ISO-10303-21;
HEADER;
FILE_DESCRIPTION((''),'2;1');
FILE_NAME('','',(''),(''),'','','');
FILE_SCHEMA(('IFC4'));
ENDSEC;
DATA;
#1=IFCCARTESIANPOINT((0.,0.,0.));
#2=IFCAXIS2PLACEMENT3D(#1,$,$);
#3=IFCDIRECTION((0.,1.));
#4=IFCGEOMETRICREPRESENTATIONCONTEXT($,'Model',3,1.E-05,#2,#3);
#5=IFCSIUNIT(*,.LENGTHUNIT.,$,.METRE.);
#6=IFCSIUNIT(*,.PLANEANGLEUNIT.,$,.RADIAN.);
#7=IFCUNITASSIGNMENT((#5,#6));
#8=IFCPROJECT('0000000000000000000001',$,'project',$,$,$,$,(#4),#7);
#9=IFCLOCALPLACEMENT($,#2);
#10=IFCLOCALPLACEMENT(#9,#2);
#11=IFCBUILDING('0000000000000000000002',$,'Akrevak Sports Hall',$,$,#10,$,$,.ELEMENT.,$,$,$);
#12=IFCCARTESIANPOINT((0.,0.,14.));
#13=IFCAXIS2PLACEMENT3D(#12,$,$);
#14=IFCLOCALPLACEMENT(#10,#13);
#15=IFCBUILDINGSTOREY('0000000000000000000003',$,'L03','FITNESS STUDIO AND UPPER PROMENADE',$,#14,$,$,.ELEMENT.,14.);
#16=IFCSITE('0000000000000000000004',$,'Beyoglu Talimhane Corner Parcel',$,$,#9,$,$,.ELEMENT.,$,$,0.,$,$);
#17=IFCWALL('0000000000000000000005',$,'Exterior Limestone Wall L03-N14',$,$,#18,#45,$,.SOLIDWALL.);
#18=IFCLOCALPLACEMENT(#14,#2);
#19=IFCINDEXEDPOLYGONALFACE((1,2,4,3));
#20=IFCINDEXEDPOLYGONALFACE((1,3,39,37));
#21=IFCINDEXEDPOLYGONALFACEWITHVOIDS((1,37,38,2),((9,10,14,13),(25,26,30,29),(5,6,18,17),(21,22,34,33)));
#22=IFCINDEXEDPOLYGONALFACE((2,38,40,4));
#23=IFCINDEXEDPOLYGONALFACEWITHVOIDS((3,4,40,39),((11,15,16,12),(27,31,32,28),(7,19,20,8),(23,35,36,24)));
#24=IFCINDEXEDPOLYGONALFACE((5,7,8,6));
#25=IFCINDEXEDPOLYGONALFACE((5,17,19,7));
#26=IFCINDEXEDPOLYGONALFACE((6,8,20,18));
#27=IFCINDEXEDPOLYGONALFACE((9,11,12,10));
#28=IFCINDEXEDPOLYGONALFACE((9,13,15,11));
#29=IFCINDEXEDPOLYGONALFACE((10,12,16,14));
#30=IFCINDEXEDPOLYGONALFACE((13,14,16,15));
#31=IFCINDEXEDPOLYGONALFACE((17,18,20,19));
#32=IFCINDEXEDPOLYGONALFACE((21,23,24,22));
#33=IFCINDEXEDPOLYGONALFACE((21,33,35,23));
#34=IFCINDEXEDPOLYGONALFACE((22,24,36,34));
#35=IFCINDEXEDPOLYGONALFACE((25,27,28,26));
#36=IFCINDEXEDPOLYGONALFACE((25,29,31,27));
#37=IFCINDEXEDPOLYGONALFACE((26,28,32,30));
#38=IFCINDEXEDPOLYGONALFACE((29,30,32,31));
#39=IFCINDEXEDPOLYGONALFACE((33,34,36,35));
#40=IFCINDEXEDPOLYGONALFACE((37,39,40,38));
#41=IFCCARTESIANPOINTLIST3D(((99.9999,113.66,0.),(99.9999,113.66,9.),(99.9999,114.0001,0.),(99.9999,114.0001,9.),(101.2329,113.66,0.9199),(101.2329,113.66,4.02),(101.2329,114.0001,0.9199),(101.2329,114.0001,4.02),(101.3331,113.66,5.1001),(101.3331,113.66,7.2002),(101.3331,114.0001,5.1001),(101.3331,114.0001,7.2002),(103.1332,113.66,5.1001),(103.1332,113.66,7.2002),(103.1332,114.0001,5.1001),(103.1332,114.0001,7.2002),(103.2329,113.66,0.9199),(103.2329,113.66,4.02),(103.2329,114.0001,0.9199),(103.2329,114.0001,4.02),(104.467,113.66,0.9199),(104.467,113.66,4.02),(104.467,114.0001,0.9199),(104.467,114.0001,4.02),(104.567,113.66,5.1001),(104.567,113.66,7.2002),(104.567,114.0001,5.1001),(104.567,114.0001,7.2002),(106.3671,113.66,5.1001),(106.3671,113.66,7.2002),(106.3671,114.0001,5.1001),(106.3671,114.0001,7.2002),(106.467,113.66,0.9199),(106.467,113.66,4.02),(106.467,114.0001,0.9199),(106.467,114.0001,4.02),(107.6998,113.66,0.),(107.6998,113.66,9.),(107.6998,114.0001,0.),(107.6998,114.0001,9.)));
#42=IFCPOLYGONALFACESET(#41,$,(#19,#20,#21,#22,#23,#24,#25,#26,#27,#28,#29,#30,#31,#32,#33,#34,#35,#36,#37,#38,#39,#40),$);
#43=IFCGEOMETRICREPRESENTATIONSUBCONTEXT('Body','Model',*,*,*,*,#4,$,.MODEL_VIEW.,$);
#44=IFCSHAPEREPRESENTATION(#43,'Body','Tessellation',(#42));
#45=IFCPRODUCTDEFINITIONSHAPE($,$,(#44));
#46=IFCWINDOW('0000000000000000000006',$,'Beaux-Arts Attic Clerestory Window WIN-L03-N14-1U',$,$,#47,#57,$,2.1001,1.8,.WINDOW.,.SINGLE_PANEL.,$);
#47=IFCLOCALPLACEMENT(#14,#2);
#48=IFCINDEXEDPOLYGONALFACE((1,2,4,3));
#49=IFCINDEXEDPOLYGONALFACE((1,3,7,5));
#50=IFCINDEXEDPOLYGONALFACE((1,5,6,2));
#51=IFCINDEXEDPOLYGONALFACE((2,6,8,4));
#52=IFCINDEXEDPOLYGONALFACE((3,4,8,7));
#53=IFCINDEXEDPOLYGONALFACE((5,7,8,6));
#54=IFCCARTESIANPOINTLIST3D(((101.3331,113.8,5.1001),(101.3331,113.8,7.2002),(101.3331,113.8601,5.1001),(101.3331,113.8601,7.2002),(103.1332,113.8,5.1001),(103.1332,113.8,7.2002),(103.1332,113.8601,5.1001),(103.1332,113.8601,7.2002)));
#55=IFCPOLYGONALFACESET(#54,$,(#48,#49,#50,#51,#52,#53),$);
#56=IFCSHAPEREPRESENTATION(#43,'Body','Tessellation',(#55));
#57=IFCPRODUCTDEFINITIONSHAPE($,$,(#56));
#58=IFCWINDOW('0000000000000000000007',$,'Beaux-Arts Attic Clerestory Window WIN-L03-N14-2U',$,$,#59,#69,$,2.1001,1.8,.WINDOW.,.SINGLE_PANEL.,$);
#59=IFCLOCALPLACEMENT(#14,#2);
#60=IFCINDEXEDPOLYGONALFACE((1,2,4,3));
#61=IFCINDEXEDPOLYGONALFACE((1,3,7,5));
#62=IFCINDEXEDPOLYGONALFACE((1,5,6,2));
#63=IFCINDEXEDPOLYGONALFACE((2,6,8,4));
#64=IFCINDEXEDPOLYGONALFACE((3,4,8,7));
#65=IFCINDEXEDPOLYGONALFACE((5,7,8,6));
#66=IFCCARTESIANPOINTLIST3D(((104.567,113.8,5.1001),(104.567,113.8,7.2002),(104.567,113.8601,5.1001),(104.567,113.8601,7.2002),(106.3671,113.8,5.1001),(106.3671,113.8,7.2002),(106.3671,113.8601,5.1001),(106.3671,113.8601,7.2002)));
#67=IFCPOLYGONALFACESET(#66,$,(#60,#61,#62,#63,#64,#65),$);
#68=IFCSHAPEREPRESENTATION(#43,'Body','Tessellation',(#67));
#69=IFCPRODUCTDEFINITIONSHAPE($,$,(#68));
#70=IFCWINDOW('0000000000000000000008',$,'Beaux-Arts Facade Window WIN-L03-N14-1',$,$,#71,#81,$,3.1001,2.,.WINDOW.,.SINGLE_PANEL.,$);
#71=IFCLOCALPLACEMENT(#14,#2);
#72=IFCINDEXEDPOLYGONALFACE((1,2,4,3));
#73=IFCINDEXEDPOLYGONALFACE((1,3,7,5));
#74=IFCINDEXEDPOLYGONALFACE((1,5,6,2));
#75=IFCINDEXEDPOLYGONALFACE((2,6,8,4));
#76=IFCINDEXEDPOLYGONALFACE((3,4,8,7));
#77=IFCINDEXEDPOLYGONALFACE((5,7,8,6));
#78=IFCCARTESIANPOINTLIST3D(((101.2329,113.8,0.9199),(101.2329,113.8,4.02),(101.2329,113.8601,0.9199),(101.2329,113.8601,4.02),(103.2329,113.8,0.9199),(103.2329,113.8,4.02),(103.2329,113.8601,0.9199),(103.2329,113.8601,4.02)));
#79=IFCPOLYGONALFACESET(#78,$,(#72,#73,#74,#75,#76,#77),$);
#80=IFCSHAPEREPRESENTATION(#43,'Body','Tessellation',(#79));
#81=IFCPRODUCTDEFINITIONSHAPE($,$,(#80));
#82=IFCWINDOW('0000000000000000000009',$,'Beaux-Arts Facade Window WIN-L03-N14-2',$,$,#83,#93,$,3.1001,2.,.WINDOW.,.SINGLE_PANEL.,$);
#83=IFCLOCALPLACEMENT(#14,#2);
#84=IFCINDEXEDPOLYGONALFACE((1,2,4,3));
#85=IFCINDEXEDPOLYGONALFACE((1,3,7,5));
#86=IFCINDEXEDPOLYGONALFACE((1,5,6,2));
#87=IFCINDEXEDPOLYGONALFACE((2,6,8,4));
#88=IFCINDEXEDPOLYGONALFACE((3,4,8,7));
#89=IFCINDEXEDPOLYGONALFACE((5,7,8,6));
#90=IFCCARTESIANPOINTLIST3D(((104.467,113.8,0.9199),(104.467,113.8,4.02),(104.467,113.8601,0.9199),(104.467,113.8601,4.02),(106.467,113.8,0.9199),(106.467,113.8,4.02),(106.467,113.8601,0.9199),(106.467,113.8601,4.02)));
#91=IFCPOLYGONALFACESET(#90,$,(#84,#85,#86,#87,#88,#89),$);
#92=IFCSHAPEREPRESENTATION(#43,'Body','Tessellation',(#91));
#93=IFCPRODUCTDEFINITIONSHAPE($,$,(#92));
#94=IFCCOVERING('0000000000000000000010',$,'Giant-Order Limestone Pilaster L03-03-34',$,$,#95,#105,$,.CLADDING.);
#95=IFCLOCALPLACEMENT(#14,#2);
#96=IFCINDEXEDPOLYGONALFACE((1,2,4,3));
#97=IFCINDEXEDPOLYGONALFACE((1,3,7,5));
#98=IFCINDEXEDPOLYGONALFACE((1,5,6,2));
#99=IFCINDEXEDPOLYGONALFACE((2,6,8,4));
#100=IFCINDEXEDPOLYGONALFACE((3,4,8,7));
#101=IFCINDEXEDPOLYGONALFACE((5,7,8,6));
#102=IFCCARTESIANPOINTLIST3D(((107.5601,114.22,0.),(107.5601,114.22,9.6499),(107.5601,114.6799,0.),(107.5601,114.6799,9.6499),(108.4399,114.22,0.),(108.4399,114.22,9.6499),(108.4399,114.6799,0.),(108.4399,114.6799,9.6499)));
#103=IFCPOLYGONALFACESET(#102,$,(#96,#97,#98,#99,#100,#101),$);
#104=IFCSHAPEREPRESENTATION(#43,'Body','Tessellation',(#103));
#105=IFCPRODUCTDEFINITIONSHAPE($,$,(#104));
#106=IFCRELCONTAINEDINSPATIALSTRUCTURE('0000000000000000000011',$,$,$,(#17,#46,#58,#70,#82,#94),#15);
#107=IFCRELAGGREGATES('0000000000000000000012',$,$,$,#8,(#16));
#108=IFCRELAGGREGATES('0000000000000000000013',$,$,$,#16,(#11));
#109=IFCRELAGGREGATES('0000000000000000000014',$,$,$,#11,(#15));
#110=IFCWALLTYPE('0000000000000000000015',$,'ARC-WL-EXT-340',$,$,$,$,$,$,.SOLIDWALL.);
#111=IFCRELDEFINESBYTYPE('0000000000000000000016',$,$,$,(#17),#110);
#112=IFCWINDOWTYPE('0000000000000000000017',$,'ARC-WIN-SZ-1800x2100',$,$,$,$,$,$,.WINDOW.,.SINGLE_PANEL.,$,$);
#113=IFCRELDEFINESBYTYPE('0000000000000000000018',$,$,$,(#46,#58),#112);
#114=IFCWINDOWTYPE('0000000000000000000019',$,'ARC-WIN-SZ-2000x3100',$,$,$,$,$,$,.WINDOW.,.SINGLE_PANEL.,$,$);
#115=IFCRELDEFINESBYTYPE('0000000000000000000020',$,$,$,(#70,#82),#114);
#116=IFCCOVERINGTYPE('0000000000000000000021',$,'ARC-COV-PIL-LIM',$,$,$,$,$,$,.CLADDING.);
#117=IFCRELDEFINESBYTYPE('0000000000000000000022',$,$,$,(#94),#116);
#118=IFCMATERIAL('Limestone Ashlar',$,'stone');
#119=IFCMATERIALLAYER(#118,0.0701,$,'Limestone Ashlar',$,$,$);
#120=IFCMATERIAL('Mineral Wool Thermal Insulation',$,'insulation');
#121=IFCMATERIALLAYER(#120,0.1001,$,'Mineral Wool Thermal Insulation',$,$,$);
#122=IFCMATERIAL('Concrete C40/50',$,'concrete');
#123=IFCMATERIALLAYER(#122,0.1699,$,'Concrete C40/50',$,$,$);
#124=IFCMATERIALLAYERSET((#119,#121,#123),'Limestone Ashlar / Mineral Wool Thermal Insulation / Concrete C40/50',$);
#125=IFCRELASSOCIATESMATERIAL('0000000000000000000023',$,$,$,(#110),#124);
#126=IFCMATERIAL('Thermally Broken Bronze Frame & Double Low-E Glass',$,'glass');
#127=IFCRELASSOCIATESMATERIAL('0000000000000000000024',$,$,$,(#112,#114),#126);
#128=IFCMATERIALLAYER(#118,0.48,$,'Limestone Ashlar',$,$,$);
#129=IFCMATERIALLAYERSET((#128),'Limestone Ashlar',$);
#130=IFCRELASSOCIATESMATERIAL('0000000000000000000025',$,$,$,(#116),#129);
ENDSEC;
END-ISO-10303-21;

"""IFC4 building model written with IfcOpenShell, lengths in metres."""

from ifc_helpers import new_model, si_unit, direction, frame, frame_2d, origin, origin_2d, place, context, subcontext, project, spatial, rectangle, extrude, material, layer, layer_set, type_object, element, fill, save


model = new_model("IFC4")

# Units and contexts
model_context = context("Model", 3, precision=1e-05, world=origin(), true_north=direction((0.0, 1.0)))
body_context = subcontext(model_context, "Body", "Model", "MODEL_VIEW")
ifc_project = project(units=[si_unit("LENGTHUNIT", "METRE"), si_unit("PLANEANGLEUNIT", "RADIAN")], contexts=[model_context])

# Site, building, storey
site_placement = place(None, origin())
site = spatial("IfcSite", under=ifc_project, at=site_placement, Name="Beyoglu Talimhane Corner Parcel", CompositionType="ELEMENT", RefElevation=0.0)
building_placement = place(site_placement, origin())
building = spatial("IfcBuilding", under=site, at=building_placement, Name="Akrevak Sports Hall", CompositionType="ELEMENT")
storey_placement = place(building_placement, frame((0.0, 0.0, 14.0)))
storey = spatial("IfcBuildingStorey", under=building, at=storey_placement, Name="L03", Description="FITNESS STUDIO AND UPPER PROMENADE", CompositionType="ELEMENT", Elevation=14.0)

# Shared definitions
ifc_material_1 = material(Name="Concrete C40/50", Category="concrete")

# Wall, openings, windows
ifc_material_2 = material(Name="Limestone Ashlar", Category="stone")
ifc_layer_1 = layer(ifc_material_2, 0.0701, Name="Limestone Ashlar")
ifc_material_3 = material(Name="Mineral Wool Thermal Insulation", Category="insulation")
ifc_layer_2 = layer(ifc_material_3, 0.1001, Name="Mineral Wool Thermal Insulation")
ifc_layer_3 = layer(ifc_material_1, 0.1699, Name="Concrete C40/50")
ifc_layer_set_1 = layer_set([ifc_layer_1, ifc_layer_2, ifc_layer_3], Name="Limestone Ashlar / Mineral Wool Thermal Insulation / Concrete C40/50")
wall_type = type_object("IfcWallType", Name="ARC-WL-EXT-340", PredefinedType="SOLIDWALL", material=ifc_layer_set_1)
wall_placement = place(storey_placement, frame((107.7, 113.8301, 0.0), z_axis=(0.0, 0.0, 1.0), x_axis=(-1.0, 0.0, 0.0)))
wall = element("IfcWall", 1, at=wall_placement, inside=storey, type_object=wall_type, Name="Exterior Limestone Wall L03-N14", PredefinedType="SOLIDWALL", context=body_context, shape_type="SweptSolid", body=[
    extrude(rectangle(XDim=7.7, YDim=0.3401, at=frame_2d((3.8501, 0.0))), origin(), (0.0, 0.0, 1.0), 9.0),
])
opening_1_placement = place(wall_placement, frame((4.467, 0.0, 0.9199)))
opening_1 = element("IfcOpeningElement", 2, at=opening_1_placement, cuts=wall, PredefinedType="OPENING", context=body_context, shape_type="SweptSolid", body=[
    extrude(rectangle(XDim=2.0, YDim=3.1001, at=frame_2d((1.0, 1.55))), frame((0.0, 0.1821, 0.0), z_axis=(0.0, -1.0, 0.0), x_axis=(1.0, 0.0, 0.0)), (0.0, 0.0, 1.0), 0.364),
])
opening_2_placement = place(wall_placement, frame((4.5669, 0.0, 5.1001)))
opening_2 = element("IfcOpeningElement", 3, at=opening_2_placement, cuts=wall, PredefinedType="OPENING", context=body_context, shape_type="SweptSolid", body=[
    extrude(rectangle(XDim=1.8, YDim=2.1001, at=frame_2d((0.8999, 1.05))), frame((0.0, 0.1821, 0.0), z_axis=(0.0, -1.0, 0.0), x_axis=(1.0, 0.0, 0.0)), (0.0, 0.0, 1.0), 0.364),
])
opening_3_placement = place(wall_placement, frame((1.2329, 0.0, 0.9199)))
opening_3 = element("IfcOpeningElement", 4, at=opening_3_placement, cuts=wall, PredefinedType="OPENING", context=body_context, shape_type="SweptSolid", body=[
    extrude(rectangle(XDim=2.0, YDim=3.1001, at=frame_2d((1.0, 1.55))), frame((0.0, 0.1821, 0.0), z_axis=(0.0, -1.0, 0.0), x_axis=(1.0, 0.0, 0.0)), (0.0, 0.0, 1.0), 0.364),
])
opening_4_placement = place(wall_placement, frame((1.333, 0.0, 5.1001)))
opening_4 = element("IfcOpeningElement", 5, at=opening_4_placement, cuts=wall, PredefinedType="OPENING", context=body_context, shape_type="SweptSolid", body=[
    extrude(rectangle(XDim=1.8, YDim=2.1001, at=frame_2d((0.8999, 1.05))), frame((0.0, 0.1821, 0.0), z_axis=(0.0, -1.0, 0.0), x_axis=(1.0, 0.0, 0.0)), (0.0, 0.0, 1.0), 0.364),
])
ifc_material_4 = material(Name="Thermally Broken Bronze Frame & Double Low-E Glass", Category="glass")
window_type_1 = type_object("IfcWindowType", Name="ARC-WIN-SZ-1800x2100", PartitioningType="SINGLE_PANEL", PredefinedType="WINDOW", material=ifc_material_4)
window_1_placement = place(opening_2_placement, origin())
window_1 = element("IfcWindow", 6, at=window_1_placement, inside=storey, type_object=window_type_1, Name="Beaux-Arts Attic Clerestory Window WIN-L03-N14-1U", OverallHeight=2.1001, OverallWidth=1.8, PartitioningType="SINGLE_PANEL", PredefinedType="WINDOW", context=body_context, shape_type="SweptSolid", body=[
    extrude(rectangle(XDim=1.8, YDim=2.1001, at=frame_2d((0.8999, 1.05))), frame((0.0, 0.03, 0.0), z_axis=(0.0, -1.0, 0.0), x_axis=(1.0, 0.0, 0.0)), (0.0, 0.0, 1.0), 0.0601),
])
fill(opening_2, window_1)
window_2_placement = place(opening_4_placement, origin())
window_2 = element("IfcWindow", 7, at=window_2_placement, inside=storey, type_object=window_type_1, Name="Beaux-Arts Attic Clerestory Window WIN-L03-N14-2U", OverallHeight=2.1001, OverallWidth=1.8, PartitioningType="SINGLE_PANEL", PredefinedType="WINDOW", context=body_context, shape_type="SweptSolid", body=[
    extrude(rectangle(XDim=1.8, YDim=2.1001, at=frame_2d((0.8999, 1.05))), frame((0.0, 0.03, 0.0), z_axis=(0.0, -1.0, 0.0), x_axis=(1.0, 0.0, 0.0)), (0.0, 0.0, 1.0), 0.0601),
])
fill(opening_4, window_2)
window_type_2 = type_object("IfcWindowType", Name="ARC-WIN-SZ-2000x3100", PartitioningType="SINGLE_PANEL", PredefinedType="WINDOW", material=ifc_material_4)
window_3_placement = place(opening_1_placement, origin())
window_3 = element("IfcWindow", 8, at=window_3_placement, inside=storey, type_object=window_type_2, Name="Beaux-Arts Facade Window WIN-L03-N14-1", OverallHeight=3.1001, OverallWidth=2.0, PartitioningType="SINGLE_PANEL", PredefinedType="WINDOW", context=body_context, shape_type="SweptSolid", body=[
    extrude(rectangle(XDim=2.0, YDim=3.1001, at=frame_2d((1.0, 1.55))), frame((0.0, 0.03, 0.0), z_axis=(0.0, -1.0, 0.0), x_axis=(1.0, 0.0, 0.0)), (0.0, 0.0, 1.0), 0.0601),
])
fill(opening_1, window_3)
window_4_placement = place(opening_3_placement, origin())
window_4 = element("IfcWindow", 9, at=window_4_placement, inside=storey, type_object=window_type_2, Name="Beaux-Arts Facade Window WIN-L03-N14-2", OverallHeight=3.1001, OverallWidth=2.0, PartitioningType="SINGLE_PANEL", PredefinedType="WINDOW", context=body_context, shape_type="SweptSolid", body=[
    extrude(rectangle(XDim=2.0, YDim=3.1001, at=frame_2d((1.0, 1.55))), frame((0.0, 0.03, 0.0), z_axis=(0.0, -1.0, 0.0), x_axis=(1.0, 0.0, 0.0)), (0.0, 0.0, 1.0), 0.0601),
])
fill(opening_3, window_4)

# Covering
ifc_layer_4 = layer(ifc_material_2, 0.48, Name="Limestone Ashlar")
ifc_layer_set_2 = layer_set([ifc_layer_4], Name="Limestone Ashlar")
covering_type = type_object("IfcCoveringType", Name="ARC-COV-PIL-LIM", PredefinedType="CLADDING", material=ifc_layer_set_2)
covering_placement = place(storey_placement, frame((108.0, 114.45, 0.0), z_axis=(0.0, 0.0, 1.0), x_axis=(-1.0, 0.0, 0.0)))
element("IfcCovering", 10, at=covering_placement, inside=storey, type_object=covering_type, Name="Giant-Order Limestone Pilaster L03-03-34", PredefinedType="CLADDING", context=body_context, shape_type="SweptSolid", body=[
    extrude(rectangle(XDim=0.8799, YDim=0.46, at=origin_2d()), origin(), (0.0, 0.0, 1.0), 9.6499),
])

save(model, "model.ifc")
